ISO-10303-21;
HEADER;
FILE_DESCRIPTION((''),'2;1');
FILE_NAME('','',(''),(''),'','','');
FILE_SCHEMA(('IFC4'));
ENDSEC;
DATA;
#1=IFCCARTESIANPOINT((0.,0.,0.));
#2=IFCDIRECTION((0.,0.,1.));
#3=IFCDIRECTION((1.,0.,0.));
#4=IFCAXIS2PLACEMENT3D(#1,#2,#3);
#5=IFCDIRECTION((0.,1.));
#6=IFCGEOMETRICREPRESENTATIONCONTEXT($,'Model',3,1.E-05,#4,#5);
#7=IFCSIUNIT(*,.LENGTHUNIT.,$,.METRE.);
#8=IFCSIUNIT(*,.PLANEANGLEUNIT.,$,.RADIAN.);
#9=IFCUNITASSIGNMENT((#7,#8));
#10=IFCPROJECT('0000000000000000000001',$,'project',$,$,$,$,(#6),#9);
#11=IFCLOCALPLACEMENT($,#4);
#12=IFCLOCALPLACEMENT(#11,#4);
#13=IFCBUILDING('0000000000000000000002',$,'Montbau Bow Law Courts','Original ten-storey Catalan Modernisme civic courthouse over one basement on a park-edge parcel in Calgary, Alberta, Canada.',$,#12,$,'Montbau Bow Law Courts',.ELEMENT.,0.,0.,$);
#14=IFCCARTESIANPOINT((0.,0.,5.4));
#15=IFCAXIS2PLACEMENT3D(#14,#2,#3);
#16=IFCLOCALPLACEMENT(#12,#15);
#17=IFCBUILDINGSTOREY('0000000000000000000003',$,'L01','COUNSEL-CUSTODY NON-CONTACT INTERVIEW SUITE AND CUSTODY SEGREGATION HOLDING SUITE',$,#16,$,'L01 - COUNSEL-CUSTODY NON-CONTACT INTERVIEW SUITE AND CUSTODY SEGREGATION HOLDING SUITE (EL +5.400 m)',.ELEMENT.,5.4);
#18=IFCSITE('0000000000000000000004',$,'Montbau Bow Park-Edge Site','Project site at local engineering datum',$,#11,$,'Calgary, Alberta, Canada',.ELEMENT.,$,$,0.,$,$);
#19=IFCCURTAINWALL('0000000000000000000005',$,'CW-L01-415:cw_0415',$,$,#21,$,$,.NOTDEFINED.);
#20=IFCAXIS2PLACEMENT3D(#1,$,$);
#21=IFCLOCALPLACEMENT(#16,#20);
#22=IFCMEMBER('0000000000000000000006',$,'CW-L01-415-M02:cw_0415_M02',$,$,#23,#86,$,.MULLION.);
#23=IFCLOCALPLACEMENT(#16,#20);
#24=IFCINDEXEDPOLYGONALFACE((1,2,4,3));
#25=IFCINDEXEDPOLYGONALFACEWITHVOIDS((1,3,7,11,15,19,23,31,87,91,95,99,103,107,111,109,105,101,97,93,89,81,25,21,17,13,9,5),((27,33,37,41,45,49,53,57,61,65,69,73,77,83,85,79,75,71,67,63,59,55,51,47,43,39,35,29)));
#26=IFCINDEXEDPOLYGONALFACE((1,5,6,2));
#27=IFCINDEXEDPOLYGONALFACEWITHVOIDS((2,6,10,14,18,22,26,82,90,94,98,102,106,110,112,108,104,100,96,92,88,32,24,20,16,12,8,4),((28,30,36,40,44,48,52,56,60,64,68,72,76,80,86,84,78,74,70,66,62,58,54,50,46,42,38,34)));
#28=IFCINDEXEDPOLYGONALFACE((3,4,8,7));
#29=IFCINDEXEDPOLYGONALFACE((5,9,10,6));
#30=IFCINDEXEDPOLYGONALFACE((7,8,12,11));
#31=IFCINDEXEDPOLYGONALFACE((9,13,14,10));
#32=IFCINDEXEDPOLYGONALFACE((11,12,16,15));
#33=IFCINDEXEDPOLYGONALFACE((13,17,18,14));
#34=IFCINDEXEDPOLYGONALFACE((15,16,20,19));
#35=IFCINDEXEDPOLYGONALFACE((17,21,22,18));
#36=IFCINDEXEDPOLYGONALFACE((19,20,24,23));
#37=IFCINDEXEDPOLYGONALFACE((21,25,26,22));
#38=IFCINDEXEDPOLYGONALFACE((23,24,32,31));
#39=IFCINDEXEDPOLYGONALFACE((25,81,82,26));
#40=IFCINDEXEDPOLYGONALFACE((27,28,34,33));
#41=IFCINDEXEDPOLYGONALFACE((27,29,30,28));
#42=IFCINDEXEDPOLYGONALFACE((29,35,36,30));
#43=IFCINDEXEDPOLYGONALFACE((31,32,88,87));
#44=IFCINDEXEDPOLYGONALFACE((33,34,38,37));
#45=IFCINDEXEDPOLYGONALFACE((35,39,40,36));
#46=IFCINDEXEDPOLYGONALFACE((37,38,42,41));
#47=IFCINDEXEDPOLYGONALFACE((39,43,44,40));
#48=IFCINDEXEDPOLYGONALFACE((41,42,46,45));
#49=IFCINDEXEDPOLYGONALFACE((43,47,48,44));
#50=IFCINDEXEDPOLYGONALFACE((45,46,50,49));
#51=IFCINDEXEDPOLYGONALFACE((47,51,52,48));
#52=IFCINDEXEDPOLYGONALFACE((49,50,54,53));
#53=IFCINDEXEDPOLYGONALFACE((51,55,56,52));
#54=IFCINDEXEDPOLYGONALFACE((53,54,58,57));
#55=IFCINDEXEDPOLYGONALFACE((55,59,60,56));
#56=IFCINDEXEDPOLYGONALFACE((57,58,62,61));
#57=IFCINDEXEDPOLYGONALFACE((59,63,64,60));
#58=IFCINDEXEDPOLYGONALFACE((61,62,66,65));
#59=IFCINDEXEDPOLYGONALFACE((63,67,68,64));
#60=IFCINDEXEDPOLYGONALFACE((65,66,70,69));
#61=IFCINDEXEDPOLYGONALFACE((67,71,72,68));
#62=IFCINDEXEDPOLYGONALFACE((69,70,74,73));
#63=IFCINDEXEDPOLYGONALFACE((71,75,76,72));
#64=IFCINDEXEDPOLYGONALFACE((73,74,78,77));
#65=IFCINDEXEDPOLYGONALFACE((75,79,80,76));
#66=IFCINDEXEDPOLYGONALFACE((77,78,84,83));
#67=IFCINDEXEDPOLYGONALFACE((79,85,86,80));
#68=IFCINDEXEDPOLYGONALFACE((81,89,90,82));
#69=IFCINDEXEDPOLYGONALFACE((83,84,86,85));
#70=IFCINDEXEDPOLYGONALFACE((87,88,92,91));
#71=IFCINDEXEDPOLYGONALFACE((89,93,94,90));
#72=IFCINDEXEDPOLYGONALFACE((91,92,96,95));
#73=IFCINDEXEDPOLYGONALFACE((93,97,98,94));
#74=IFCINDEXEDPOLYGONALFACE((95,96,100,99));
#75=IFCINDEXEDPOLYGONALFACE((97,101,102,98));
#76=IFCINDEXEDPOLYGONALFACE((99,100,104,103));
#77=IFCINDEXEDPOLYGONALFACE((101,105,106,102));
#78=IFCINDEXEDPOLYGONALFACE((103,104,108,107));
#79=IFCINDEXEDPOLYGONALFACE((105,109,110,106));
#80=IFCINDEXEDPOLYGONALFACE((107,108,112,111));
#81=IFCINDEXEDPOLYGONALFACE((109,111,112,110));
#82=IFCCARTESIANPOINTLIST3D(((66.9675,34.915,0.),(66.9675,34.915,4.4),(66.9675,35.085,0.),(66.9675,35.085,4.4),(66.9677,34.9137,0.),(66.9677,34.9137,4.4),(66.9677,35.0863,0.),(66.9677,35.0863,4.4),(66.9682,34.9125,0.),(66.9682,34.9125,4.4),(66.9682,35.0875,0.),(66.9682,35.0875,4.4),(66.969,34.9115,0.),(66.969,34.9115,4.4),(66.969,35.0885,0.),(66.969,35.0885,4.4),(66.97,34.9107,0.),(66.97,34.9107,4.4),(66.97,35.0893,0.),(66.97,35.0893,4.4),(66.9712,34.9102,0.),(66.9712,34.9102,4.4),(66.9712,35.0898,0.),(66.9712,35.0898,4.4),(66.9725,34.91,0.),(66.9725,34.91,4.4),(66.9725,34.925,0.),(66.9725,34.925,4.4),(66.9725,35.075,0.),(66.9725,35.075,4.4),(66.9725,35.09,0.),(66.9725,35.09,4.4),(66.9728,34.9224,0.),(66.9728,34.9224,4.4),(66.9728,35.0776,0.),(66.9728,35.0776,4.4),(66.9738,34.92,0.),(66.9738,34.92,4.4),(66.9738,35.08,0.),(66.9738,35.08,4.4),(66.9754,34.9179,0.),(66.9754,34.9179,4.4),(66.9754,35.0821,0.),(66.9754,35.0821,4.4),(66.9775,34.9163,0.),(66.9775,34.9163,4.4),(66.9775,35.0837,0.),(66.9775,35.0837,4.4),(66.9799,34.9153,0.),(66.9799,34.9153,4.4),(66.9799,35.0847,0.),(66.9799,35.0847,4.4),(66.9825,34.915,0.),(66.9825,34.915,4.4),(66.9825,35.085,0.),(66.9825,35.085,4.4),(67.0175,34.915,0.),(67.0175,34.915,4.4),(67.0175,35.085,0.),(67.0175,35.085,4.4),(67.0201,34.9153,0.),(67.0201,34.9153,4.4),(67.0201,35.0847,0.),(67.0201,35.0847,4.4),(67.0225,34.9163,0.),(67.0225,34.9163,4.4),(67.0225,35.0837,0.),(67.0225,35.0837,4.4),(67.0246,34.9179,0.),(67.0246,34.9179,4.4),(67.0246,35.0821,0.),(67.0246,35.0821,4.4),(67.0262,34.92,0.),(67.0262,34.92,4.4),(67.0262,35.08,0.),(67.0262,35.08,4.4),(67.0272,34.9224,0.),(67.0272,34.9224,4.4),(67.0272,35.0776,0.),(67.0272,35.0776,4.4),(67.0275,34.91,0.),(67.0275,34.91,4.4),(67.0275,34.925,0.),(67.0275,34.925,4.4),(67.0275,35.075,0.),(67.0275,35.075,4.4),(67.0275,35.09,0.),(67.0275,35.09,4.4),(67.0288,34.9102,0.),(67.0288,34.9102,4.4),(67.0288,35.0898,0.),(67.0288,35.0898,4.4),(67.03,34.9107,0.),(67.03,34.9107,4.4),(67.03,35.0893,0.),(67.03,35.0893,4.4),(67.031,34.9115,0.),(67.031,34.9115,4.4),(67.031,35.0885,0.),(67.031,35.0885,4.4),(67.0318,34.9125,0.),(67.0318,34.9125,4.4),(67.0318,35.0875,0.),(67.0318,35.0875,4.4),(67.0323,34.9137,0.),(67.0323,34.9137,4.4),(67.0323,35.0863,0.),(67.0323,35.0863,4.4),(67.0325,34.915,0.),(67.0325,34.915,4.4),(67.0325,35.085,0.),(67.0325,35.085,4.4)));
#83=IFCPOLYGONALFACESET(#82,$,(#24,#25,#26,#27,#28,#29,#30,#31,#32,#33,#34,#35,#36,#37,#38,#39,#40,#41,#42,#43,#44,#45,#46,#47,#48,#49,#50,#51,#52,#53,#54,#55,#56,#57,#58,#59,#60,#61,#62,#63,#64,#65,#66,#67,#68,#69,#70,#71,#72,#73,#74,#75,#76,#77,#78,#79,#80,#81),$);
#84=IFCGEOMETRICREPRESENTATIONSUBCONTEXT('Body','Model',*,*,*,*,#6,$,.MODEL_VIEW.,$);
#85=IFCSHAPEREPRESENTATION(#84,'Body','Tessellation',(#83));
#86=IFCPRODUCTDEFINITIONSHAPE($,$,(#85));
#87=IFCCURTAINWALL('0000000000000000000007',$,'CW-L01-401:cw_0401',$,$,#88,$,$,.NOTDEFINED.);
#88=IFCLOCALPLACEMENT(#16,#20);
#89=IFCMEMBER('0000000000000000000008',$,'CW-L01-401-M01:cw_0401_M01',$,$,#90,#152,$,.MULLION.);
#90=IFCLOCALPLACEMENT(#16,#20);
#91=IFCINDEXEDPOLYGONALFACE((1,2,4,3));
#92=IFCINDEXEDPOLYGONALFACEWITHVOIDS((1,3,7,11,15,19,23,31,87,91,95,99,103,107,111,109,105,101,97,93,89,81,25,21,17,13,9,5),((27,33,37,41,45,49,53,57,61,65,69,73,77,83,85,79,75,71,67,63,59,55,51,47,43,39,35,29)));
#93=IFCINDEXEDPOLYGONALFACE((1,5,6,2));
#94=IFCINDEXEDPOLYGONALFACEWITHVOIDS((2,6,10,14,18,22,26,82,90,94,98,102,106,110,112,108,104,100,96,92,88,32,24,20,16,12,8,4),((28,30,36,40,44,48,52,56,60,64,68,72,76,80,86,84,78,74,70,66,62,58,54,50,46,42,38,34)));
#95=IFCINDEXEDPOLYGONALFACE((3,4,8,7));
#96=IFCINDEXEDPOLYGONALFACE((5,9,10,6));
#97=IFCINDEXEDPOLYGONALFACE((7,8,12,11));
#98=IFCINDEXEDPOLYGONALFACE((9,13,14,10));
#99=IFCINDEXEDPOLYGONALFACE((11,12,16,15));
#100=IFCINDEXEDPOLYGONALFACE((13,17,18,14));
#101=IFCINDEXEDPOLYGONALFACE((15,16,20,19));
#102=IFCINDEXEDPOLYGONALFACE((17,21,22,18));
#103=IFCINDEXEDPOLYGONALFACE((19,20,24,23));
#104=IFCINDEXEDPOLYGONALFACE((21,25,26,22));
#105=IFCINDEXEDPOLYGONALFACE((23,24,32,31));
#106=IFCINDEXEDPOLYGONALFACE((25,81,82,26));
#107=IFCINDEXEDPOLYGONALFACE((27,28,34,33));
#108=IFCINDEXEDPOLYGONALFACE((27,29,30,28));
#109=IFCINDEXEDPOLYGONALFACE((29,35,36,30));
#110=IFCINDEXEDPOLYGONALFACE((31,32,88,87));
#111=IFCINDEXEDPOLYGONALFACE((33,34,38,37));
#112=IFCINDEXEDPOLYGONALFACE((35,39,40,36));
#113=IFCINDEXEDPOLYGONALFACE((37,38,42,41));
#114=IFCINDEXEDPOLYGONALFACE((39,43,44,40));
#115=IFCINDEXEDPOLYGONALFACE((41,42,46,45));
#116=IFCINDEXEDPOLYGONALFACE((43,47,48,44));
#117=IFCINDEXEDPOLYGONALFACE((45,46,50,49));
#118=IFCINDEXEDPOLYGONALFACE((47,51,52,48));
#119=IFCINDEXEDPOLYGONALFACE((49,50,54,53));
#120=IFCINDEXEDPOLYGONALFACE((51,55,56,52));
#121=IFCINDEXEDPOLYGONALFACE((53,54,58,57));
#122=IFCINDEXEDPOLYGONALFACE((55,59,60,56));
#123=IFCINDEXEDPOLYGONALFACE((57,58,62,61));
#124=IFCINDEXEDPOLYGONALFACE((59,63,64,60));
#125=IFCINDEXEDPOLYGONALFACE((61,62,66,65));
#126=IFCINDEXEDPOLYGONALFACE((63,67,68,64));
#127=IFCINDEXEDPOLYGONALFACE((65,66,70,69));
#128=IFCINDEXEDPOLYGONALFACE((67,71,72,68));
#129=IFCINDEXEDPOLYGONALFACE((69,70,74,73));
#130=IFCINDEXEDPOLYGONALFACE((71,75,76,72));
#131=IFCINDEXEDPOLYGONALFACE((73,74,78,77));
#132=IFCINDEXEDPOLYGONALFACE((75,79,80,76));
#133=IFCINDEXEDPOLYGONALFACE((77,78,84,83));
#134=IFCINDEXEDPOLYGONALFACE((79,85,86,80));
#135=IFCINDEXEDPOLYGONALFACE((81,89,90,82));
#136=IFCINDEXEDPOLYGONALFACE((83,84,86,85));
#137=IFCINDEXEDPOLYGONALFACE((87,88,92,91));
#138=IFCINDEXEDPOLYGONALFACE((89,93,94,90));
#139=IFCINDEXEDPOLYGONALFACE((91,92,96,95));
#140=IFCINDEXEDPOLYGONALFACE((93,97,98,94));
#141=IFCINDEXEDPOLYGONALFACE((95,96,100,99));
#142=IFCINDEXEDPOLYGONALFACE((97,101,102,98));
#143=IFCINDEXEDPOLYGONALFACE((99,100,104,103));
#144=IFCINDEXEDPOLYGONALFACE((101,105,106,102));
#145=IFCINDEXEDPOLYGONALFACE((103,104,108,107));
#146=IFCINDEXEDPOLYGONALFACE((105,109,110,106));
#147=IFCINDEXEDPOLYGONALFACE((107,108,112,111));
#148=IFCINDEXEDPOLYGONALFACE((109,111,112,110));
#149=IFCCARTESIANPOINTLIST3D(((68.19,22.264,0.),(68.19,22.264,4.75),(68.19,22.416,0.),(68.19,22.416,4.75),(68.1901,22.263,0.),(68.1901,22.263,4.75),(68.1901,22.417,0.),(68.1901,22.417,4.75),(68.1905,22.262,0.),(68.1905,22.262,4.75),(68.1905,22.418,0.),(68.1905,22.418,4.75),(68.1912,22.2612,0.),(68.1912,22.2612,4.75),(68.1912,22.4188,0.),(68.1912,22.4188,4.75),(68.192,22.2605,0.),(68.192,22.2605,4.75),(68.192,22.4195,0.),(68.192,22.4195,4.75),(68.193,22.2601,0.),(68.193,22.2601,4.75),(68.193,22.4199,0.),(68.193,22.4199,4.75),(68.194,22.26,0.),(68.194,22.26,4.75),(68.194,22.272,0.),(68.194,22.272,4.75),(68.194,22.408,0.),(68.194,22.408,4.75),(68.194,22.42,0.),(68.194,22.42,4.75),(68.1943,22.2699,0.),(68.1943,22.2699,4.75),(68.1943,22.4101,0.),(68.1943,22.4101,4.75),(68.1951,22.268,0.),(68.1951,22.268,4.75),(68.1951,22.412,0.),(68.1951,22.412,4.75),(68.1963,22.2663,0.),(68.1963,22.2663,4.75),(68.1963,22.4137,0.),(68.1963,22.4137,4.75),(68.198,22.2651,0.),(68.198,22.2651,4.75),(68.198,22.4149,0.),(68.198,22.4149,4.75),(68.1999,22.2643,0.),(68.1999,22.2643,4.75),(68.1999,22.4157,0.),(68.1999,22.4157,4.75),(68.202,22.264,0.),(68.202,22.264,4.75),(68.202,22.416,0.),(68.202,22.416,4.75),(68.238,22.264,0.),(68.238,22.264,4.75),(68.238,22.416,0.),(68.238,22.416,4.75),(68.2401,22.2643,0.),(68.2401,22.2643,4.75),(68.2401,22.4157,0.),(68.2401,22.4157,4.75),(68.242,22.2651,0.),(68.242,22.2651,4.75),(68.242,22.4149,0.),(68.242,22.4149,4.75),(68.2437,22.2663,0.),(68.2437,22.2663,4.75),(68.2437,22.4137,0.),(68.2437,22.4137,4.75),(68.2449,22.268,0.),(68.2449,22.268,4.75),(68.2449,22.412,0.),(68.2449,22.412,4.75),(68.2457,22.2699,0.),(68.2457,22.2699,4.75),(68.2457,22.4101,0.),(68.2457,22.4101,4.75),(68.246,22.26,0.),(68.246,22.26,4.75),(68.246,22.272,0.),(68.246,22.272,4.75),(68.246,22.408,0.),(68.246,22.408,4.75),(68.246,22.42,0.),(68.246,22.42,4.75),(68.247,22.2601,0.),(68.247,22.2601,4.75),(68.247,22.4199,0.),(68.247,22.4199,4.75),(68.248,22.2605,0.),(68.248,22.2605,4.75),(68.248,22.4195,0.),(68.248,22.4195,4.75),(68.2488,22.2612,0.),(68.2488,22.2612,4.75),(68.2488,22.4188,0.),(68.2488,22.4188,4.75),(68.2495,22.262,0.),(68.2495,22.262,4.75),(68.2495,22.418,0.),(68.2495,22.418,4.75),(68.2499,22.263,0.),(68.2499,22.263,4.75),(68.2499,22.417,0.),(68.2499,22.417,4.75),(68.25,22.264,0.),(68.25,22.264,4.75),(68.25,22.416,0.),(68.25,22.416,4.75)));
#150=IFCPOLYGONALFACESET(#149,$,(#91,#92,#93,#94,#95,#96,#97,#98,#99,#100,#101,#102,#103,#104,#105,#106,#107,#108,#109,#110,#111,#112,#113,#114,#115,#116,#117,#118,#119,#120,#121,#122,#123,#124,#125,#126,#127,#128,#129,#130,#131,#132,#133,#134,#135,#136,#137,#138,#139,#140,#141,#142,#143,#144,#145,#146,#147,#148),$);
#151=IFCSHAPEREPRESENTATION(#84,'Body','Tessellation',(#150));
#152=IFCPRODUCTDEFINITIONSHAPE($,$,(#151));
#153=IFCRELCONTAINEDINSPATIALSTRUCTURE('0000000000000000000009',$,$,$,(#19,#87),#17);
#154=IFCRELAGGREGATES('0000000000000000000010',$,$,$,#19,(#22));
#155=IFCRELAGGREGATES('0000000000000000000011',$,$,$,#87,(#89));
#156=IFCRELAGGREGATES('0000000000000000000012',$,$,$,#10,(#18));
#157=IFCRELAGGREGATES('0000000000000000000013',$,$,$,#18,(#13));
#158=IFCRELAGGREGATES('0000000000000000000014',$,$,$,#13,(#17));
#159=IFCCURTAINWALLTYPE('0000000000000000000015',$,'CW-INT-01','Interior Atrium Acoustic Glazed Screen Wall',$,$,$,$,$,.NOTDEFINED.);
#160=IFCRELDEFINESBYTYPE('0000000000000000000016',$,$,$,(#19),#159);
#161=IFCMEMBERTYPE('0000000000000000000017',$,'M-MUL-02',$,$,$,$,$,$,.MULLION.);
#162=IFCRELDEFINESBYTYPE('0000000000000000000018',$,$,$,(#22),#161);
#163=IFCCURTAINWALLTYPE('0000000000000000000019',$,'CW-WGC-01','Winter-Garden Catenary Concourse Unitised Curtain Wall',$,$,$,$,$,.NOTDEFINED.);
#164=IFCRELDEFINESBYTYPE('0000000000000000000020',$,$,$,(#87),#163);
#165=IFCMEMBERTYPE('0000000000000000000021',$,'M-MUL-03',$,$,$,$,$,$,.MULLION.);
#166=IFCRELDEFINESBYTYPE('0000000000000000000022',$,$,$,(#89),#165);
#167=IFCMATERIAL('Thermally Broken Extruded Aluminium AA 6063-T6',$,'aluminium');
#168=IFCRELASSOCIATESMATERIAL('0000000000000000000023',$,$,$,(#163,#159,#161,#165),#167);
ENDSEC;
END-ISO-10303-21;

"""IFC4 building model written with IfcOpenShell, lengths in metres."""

from ifc_helpers import new_model, si_unit, direction, frame, origin_with_axes, origin_2d_with_axis, place, context, subcontext, project, spatial, hollow_rectangle, extrude, material, material_profile, profile_set, type_object, element, aggregate, save


model = new_model("IFC4")

# Units and contexts
model_context = context("Model", 3, precision=1e-05, world=origin_with_axes(), true_north=direction((0.0, 1.0)))
body_context = subcontext(model_context, "Body", "Model", "MODEL_VIEW")
ifc_project = project(units=[si_unit("LENGTHUNIT", "METRE"), si_unit("PLANEANGLEUNIT", "RADIAN")], contexts=[model_context])

# Site, building, storey
site_placement = place(None, origin_with_axes())
site = spatial("IfcSite", under=ifc_project, at=site_placement, Name="Montbau Bow Park-Edge Site", Description="Project site at local engineering datum", LongName="Calgary, Alberta, Canada", CompositionType="ELEMENT", RefElevation=0.0)
building_placement = place(site_placement, origin_with_axes())
building = spatial("IfcBuilding", under=site, at=building_placement, Name="Montbau Bow Law Courts", Description="Original ten-storey Catalan Modernisme civic courthouse over one basement on a park-edge parcel in Calgary, Alberta, Canada.", LongName="Montbau Bow Law Courts", CompositionType="ELEMENT", ElevationOfRefHeight=0.0, ElevationOfTerrain=0.0)
storey_placement = place(building_placement, frame((0.0, 0.0, 5.4), z_axis=(0.0, 0.0, 1.0), x_axis=(1.0, 0.0, 0.0)))
storey = spatial("IfcBuildingStorey", under=building, at=storey_placement, Name="L01", Description="COUNSEL-CUSTODY NON-CONTACT INTERVIEW SUITE AND CUSTODY SEGREGATION HOLDING SUITE", LongName="L01 - COUNSEL-CUSTODY NON-CONTACT INTERVIEW SUITE AND CUSTODY SEGREGATION HOLDING SUITE (EL +5.400 m)", CompositionType="ELEMENT", Elevation=5.4)

# Shared definitions
ifc_material_1 = material(Name="Thermally Broken Extruded Aluminium AA 6063-T6", Category="aluminium")
curtain_wall_type_1 = type_object("IfcCurtainWallType", Name="CW-WGC-01", Description="Winter-Garden Catenary Concourse Unitised Curtain Wall", PredefinedType="NOTDEFINED", material=ifc_material_1)
ifc_material_profile_1 = material_profile(ifc_material_1, hollow_rectangle(XDim=0.065, YDim=0.18, WallThickness=0.005, InnerFilletRadius=0.01, OuterFilletRadius=0.005, at=origin_2d_with_axis()), Name="CWM-180X65", Category="Main", Priority=0)
ifc_profile_set_1 = profile_set([ifc_material_profile_1], Name="Thermally Broken Extruded Aluminium AA 6063-T6")
member_type_1 = type_object("IfcMemberType", Name="M-MUL-02", PredefinedType="MULLION", material=ifc_profile_set_1)

# Curtain wall, member
curtain_wall_type_2 = type_object("IfcCurtainWallType", Name="CW-INT-01", Description="Interior Atrium Acoustic Glazed Screen Wall", PredefinedType="NOTDEFINED", material=ifc_material_1)
curtain_wall_1_placement = place(None, frame((65.6, 35.0, 5.4), z_axis=(0.0, 0.0, 1.0), x_axis=(1.0, 0.0, 0.0)))
curtain_wall_1 = element("IfcCurtainWall", 1, at=curtain_wall_1_placement, inside=storey, type_object=curtain_wall_type_2, Name="CW-L01-415:cw_0415", PredefinedType="NOTDEFINED")
member_1_placement = place(None, frame((67.0, 35.0, 5.4), z_axis=(0.0, 0.0, 1.0), x_axis=(1.0, 0.0, 0.0)))
member_1 = element("IfcMember", 2, at=member_1_placement, type_object=member_type_1, Name="CW-L01-415-M02:cw_0415_M02", PredefinedType="MULLION", context=body_context, shape_type="SweptSolid", body=[
    extrude(hollow_rectangle(XDim=0.065, YDim=0.18, WallThickness=0.005, InnerFilletRadius=0.01, OuterFilletRadius=0.005, at=origin_2d_with_axis()), origin_with_axes(), (0.0, 0.0, 1.0), 4.4),
])

# Curtain wall, member
curtain_wall_2_placement = place(None, frame((68.19, 22.34, 5.4), z_axis=(0.0, 0.0, 1.0), x_axis=(1.0, 0.0, 0.0)))
curtain_wall_2 = element("IfcCurtainWall", 3, at=curtain_wall_2_placement, inside=storey, type_object=curtain_wall_type_1, Name="CW-L01-401:cw_0401", PredefinedType="NOTDEFINED")
ifc_material_profile_2 = material_profile(ifc_material_1, hollow_rectangle(XDim=0.06, YDim=0.16, WallThickness=0.004, InnerFilletRadius=0.008, OuterFilletRadius=0.004, at=origin_2d_with_axis()), Name="CWM-160X60", Category="Main", Priority=0)
ifc_profile_set_2 = profile_set([ifc_material_profile_2], Name="Thermally Broken Extruded Aluminium AA 6063-T6")
member_type_2 = type_object("IfcMemberType", Name="M-MUL-03", PredefinedType="MULLION", material=ifc_profile_set_2)
member_2_placement = place(None, frame((68.22, 22.34, 5.4), z_axis=(0.0, 0.0, 1.0), x_axis=(1.0, 0.0, 0.0)))
member_2 = element("IfcMember", 4, at=member_2_placement, type_object=member_type_2, Name="CW-L01-401-M01:cw_0401_M01", PredefinedType="MULLION", context=body_context, shape_type="SweptSolid", body=[
    extrude(hollow_rectangle(XDim=0.06, YDim=0.16, WallThickness=0.004, InnerFilletRadius=0.008, OuterFilletRadius=0.004, at=origin_2d_with_axis()), origin_with_axes(), (0.0, 0.0, 1.0), 4.75),
])

aggregate(curtain_wall_1, [member_1])
aggregate(curtain_wall_2, [member_2])

save(model, "model.ifc")
